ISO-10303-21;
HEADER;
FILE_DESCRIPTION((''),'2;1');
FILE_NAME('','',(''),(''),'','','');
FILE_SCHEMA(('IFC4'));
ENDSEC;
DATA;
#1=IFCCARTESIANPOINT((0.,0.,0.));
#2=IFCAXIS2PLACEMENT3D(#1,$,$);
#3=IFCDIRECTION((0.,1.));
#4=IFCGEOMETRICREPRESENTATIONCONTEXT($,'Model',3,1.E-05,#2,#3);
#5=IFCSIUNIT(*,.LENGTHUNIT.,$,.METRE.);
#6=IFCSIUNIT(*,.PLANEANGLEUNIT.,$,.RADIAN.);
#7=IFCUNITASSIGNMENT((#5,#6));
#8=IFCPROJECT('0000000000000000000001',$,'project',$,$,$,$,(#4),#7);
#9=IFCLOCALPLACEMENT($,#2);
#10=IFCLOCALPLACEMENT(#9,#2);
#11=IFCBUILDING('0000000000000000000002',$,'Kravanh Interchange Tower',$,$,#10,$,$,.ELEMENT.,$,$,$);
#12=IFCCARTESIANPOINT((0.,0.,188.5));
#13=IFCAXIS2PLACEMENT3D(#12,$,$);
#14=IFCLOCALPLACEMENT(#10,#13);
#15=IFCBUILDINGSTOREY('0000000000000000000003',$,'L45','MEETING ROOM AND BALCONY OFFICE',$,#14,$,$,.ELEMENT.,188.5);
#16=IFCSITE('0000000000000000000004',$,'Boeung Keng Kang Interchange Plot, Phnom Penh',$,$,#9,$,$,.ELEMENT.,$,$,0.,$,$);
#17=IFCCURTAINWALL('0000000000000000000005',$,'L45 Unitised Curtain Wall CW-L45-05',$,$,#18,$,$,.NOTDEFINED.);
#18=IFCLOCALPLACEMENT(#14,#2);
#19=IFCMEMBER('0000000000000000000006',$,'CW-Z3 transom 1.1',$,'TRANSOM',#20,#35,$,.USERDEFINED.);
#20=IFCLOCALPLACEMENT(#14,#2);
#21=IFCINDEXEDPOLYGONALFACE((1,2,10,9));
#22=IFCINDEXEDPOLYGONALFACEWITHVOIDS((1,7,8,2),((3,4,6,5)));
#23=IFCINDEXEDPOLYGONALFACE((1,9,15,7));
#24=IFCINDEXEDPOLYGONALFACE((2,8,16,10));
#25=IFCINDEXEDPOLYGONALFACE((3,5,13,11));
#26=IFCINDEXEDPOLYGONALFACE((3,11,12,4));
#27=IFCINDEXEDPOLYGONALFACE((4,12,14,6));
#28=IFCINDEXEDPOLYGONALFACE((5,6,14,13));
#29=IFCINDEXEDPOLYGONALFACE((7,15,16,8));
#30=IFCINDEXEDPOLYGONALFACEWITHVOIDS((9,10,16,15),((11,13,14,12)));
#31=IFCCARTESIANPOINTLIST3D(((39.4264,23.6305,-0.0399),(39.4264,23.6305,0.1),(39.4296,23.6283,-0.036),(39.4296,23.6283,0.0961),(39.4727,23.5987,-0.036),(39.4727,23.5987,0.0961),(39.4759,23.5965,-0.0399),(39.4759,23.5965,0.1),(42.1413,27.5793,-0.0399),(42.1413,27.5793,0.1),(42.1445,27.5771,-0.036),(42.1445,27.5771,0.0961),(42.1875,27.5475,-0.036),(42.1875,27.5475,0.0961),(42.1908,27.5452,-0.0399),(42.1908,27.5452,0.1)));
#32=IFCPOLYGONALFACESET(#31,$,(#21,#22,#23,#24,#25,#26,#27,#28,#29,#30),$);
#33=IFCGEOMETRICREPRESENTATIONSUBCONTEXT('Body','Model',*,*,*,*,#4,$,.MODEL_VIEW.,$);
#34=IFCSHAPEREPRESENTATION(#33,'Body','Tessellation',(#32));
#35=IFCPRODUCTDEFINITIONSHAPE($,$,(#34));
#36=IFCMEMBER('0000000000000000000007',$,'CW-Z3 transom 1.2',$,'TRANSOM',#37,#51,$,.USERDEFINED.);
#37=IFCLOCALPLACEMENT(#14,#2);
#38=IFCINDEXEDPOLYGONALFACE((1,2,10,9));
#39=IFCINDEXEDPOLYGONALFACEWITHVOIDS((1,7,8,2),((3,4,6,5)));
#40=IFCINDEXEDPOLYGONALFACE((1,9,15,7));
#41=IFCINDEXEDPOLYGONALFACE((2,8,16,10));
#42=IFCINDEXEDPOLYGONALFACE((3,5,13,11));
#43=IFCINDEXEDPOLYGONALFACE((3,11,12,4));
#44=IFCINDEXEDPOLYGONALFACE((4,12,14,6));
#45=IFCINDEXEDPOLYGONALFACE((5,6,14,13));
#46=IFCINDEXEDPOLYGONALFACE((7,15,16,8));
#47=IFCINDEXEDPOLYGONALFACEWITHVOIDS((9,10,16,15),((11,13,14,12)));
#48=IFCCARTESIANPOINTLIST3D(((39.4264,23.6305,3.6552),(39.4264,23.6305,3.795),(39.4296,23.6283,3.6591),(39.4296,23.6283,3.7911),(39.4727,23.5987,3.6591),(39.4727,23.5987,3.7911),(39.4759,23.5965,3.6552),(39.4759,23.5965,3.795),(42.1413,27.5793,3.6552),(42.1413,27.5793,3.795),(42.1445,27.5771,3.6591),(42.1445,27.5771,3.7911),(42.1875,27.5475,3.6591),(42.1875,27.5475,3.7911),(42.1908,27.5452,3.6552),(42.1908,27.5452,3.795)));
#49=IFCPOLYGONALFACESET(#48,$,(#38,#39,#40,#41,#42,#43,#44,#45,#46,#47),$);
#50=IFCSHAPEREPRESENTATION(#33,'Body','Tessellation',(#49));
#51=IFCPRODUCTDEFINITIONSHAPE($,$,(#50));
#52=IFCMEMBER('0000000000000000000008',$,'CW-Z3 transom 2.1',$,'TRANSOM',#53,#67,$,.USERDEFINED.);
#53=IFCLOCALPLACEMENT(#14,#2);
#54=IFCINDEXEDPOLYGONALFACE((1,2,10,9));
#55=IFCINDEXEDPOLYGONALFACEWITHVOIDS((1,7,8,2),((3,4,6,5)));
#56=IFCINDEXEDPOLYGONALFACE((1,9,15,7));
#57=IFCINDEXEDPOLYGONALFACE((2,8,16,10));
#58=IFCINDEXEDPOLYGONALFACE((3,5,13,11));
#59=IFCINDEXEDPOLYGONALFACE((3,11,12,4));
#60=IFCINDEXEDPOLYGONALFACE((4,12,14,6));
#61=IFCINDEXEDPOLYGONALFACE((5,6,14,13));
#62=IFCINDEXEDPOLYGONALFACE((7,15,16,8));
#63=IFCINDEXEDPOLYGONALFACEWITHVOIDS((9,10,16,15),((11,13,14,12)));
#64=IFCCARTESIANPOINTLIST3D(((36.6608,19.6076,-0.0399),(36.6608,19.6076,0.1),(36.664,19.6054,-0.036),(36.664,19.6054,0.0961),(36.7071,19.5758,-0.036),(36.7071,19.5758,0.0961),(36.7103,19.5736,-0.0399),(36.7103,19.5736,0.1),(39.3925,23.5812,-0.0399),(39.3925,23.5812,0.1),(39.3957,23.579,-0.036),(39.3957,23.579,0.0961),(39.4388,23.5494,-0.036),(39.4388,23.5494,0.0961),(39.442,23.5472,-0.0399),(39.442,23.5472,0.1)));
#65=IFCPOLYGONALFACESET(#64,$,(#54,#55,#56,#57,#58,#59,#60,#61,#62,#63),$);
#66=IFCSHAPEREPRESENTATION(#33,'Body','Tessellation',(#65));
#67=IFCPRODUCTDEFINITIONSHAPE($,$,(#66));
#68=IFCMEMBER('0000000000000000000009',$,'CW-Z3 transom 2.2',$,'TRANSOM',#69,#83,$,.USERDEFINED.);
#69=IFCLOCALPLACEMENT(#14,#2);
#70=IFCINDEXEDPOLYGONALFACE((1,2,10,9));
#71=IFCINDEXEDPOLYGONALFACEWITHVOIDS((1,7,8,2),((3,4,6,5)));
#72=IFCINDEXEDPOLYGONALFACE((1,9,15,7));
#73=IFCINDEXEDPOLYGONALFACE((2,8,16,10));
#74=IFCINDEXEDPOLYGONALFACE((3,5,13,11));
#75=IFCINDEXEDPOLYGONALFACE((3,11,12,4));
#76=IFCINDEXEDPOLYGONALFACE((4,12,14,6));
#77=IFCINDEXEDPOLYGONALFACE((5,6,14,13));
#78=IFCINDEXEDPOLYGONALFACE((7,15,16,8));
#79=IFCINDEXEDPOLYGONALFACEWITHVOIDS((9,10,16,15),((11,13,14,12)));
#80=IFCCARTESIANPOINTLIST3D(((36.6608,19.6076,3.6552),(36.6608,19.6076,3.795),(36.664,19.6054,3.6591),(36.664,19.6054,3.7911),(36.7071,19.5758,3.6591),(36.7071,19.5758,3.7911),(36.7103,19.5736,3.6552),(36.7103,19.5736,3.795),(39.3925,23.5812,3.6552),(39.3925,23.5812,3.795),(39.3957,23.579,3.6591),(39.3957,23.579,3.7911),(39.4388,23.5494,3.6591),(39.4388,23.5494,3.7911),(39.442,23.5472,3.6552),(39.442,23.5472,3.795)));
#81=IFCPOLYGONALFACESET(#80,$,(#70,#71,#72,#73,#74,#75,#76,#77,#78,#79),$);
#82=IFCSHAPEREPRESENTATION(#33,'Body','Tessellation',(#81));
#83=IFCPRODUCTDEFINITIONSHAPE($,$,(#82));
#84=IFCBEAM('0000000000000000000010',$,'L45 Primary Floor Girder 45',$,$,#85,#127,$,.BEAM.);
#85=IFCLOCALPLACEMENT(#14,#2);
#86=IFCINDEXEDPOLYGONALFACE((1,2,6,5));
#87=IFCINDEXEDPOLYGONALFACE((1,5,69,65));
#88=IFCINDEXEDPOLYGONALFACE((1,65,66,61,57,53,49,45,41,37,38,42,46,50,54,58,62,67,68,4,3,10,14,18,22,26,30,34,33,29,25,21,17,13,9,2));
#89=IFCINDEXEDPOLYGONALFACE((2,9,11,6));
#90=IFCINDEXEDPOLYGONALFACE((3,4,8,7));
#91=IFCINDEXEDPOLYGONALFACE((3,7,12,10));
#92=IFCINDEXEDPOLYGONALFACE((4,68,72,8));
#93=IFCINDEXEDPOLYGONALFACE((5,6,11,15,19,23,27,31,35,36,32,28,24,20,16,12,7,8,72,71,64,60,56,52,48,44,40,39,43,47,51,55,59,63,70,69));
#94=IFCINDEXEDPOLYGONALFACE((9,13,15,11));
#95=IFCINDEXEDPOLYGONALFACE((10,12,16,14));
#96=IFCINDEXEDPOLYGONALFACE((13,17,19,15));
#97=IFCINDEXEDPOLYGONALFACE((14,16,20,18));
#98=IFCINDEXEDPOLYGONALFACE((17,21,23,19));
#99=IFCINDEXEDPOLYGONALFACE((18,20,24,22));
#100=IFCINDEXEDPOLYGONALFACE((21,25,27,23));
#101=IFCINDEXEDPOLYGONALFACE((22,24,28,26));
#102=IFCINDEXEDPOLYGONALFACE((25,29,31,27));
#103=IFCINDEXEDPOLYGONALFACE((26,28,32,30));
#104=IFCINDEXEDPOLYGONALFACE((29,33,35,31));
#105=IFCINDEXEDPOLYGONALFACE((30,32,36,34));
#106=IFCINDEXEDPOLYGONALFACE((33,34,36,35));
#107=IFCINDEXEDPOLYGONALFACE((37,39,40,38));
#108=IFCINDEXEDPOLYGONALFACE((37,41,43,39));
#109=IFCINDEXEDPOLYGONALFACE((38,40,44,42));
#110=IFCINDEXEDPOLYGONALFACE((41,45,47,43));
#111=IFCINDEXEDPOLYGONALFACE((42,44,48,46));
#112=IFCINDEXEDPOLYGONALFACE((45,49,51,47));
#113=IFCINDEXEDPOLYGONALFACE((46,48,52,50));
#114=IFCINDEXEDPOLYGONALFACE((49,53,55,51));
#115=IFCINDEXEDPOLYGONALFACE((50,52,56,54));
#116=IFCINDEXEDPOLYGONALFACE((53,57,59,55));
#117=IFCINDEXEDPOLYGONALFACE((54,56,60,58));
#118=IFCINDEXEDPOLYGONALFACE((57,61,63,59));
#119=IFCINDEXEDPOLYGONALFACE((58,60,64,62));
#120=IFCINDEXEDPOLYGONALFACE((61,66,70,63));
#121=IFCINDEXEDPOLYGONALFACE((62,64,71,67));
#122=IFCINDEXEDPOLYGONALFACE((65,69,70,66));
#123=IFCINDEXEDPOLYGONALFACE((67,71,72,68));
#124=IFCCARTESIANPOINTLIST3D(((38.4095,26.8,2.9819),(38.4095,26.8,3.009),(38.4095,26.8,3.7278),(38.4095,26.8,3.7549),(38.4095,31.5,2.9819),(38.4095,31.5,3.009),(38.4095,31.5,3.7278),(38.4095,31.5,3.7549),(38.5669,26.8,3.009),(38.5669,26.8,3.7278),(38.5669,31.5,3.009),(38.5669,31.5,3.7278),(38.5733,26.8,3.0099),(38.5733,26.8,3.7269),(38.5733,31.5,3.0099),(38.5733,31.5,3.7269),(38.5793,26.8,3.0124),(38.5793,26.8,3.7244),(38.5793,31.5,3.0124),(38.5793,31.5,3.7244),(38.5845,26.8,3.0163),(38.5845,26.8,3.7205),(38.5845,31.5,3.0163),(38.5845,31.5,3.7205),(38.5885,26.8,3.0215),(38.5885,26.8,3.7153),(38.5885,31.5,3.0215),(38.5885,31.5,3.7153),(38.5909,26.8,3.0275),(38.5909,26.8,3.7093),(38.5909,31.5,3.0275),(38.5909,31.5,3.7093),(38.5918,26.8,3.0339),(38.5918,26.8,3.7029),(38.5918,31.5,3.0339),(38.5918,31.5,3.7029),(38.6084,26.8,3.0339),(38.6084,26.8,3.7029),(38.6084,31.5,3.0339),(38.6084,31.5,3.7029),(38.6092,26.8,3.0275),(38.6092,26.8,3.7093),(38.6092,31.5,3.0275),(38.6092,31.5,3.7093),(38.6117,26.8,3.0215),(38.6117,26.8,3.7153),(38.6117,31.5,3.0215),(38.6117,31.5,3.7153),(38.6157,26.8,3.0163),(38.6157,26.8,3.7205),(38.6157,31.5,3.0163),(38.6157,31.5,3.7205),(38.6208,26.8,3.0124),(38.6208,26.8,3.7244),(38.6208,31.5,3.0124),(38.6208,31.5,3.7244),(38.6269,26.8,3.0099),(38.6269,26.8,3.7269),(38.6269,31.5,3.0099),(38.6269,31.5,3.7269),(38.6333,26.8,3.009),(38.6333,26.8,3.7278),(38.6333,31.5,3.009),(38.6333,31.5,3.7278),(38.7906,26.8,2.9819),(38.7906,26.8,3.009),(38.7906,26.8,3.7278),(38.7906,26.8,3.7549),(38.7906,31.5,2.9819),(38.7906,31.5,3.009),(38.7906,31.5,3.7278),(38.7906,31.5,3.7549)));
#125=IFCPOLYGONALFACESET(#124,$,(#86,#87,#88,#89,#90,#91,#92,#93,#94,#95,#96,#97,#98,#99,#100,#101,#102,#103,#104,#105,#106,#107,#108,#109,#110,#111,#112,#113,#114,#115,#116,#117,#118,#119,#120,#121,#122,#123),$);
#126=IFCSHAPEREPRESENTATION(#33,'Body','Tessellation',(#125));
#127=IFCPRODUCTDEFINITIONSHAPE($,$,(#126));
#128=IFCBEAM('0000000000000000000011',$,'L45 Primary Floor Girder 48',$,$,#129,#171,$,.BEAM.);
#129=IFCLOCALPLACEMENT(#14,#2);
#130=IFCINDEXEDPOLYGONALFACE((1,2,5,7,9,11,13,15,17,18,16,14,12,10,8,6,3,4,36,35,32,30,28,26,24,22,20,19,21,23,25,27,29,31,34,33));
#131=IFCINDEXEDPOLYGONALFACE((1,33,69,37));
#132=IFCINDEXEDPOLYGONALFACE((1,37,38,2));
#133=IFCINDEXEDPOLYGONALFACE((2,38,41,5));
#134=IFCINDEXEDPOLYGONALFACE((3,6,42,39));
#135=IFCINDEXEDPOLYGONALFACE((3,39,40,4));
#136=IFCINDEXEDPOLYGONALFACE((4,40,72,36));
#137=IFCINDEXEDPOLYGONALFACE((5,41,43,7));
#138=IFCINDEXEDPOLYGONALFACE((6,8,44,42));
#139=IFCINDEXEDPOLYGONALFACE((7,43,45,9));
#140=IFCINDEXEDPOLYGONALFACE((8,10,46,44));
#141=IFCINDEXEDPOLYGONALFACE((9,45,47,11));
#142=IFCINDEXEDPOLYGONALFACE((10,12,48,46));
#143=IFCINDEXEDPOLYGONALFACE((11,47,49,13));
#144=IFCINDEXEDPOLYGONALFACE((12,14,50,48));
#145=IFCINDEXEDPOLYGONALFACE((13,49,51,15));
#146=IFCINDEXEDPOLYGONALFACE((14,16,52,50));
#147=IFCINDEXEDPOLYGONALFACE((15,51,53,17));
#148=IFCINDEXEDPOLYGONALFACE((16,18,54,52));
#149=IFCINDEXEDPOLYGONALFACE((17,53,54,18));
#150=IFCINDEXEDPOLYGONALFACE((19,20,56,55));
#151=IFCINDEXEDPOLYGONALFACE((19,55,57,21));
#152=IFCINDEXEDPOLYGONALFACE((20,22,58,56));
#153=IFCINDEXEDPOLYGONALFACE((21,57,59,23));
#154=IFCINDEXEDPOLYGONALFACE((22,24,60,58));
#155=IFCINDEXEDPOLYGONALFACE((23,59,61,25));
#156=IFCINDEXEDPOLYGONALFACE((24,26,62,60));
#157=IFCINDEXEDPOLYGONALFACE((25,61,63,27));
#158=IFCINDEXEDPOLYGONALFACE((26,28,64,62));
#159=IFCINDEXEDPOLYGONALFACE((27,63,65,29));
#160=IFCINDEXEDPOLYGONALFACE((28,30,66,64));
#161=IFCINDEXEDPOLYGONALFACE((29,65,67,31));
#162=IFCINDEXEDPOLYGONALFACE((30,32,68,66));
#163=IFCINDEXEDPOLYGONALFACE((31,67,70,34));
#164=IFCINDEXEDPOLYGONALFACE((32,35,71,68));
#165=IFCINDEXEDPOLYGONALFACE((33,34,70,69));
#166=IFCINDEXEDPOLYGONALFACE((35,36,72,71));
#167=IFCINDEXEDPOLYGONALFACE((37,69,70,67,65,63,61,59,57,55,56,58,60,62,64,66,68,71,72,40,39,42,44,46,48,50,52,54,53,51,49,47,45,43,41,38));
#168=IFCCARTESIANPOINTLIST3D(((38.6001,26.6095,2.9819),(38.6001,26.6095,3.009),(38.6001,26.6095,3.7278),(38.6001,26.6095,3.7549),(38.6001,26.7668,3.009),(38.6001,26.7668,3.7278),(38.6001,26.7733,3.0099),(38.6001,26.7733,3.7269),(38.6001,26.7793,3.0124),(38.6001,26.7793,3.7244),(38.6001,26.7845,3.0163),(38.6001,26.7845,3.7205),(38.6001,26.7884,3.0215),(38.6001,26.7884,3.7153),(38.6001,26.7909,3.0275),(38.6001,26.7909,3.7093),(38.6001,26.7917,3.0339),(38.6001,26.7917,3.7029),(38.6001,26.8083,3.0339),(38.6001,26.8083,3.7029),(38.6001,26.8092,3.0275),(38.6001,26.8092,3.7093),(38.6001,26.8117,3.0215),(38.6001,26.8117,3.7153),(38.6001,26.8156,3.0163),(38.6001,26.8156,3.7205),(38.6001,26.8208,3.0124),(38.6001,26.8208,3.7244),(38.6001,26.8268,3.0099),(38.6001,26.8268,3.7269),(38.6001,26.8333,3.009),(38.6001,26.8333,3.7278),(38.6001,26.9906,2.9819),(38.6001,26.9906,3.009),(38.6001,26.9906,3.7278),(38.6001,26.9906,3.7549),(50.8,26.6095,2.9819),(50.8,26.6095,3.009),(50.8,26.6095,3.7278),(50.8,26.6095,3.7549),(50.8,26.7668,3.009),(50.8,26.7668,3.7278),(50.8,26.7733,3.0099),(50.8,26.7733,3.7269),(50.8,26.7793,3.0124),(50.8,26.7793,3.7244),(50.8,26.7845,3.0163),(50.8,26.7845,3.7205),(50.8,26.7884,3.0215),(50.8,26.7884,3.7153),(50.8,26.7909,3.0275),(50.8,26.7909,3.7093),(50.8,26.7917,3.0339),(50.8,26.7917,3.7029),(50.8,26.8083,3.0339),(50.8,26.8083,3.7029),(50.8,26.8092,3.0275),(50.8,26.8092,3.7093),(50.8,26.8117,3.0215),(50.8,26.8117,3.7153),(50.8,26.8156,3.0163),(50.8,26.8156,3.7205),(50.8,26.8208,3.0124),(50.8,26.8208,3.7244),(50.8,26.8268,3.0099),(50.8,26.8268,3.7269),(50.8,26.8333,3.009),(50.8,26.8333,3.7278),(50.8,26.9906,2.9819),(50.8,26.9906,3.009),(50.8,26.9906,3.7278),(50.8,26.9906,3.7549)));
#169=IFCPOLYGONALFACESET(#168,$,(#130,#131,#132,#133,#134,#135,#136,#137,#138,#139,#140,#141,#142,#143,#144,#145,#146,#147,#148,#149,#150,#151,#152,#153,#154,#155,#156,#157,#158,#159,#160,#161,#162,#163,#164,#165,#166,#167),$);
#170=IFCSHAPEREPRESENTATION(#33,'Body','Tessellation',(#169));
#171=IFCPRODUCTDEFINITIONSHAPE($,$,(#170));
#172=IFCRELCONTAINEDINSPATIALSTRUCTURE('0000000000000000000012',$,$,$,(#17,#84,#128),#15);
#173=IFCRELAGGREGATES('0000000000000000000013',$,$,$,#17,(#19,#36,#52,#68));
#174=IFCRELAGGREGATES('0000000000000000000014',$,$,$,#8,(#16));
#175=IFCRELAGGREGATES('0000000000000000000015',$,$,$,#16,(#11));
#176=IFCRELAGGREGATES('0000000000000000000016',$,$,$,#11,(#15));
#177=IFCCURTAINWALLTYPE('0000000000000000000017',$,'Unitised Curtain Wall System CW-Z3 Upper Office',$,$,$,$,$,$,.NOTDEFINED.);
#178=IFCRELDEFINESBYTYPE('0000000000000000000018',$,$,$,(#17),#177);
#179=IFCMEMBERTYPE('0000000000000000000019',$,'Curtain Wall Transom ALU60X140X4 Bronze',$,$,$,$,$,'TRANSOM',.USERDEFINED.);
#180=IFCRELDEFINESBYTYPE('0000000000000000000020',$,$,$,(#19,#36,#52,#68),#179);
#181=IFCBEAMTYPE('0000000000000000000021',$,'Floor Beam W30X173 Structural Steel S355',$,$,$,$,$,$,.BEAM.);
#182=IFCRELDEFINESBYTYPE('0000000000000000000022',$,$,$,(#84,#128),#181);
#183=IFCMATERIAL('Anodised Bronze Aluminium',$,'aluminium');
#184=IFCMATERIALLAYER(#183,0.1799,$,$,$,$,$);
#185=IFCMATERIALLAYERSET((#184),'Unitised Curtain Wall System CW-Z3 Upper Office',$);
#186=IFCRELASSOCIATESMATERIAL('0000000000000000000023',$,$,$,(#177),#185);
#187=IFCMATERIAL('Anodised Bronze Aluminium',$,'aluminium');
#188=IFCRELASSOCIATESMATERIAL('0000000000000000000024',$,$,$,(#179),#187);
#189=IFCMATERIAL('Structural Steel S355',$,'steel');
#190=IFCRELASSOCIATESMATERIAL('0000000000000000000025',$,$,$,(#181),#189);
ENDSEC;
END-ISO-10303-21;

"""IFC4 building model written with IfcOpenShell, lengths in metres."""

from ifc_helpers import new_model, si_unit, direction, frame, origin, origin_2d, place, context, subcontext, project, spatial, hollow_rectangle, i_section, extrude, material, layer, layer_set, material_profile, profile_set, type_object, element, aggregate, save


model = new_model("IFC4")

# Units and contexts
model_context = context("Model", 3, precision=1e-05, world=origin(), true_north=direction((0.0, 1.0)))
body_context = subcontext(model_context, "Body", "Model", "MODEL_VIEW")
ifc_project = project(units=[si_unit("LENGTHUNIT", "METRE"), si_unit("PLANEANGLEUNIT", "RADIAN")], contexts=[model_context])

# Site, building, storey
site_placement = place(None, origin())
site = spatial("IfcSite", under=ifc_project, at=site_placement, Name="Boeung Keng Kang Interchange Plot, Phnom Penh", CompositionType="ELEMENT", RefElevation=0.0)
building_placement = place(site_placement, origin())
building = spatial("IfcBuilding", under=site, at=building_placement, Name="Kravanh Interchange Tower", CompositionType="ELEMENT")
storey_placement = place(building_placement, frame((0.0, 0.0, 188.5)))
storey = spatial("IfcBuildingStorey", under=building, at=storey_placement, Name="L45", Description="MEETING ROOM AND BALCONY OFFICE", CompositionType="ELEMENT", Elevation=188.5)

# Shared definitions
ifc_material_1 = material(Name="Anodised Bronze Aluminium", Category="aluminium")
ifc_layer_1 = layer(ifc_material_1, 0.1799)
ifc_layer_set_1 = layer_set([ifc_layer_1], Name="Unitised Curtain Wall System CW-Z3 Upper Office")
curtain_wall_type = type_object("IfcCurtainWallType", Name="Unitised Curtain Wall System CW-Z3 Upper Office", PredefinedType="NOTDEFINED", material=ifc_layer_set_1)

# Curtain wall
curtain_wall_1_placement = place(storey_placement, origin())
curtain_wall_1 = element("IfcCurtainWall", 1, at=curtain_wall_1_placement, inside=storey, type_object=curtain_wall_type, Name="L45 Unitised Curtain Wall CW-L45-05", PredefinedType="NOTDEFINED")

# Members
ifc_material_2 = material(Name="Anodised Bronze Aluminium", Category="aluminium")
ifc_material_profile_1 = material_profile(ifc_material_2, hollow_rectangle(XDim=0.0601, YDim=0.1399, WallThickness=0.0039, at=origin_2d()), Name="ALU60X140X4")
ifc_profile_set_1 = profile_set([ifc_material_profile_1], Name="Anodised Bronze Aluminium")
member_type_1 = type_object("IfcMemberType", Name="Curtain Wall Transom ALU60X140X4 Bronze", ElementType="TRANSOM", PredefinedType="USERDEFINED", material=ifc_profile_set_1)
member_1_placement = place(storey_placement, frame((42.166, 27.5623, 0.03), z_axis=(-0.566542, -0.824033, 0.0), x_axis=(0.824033, -0.566542, 0.0)))
member_1 = element("IfcMember", 2, at=member_1_placement, type_object=member_type_1, Name="CW-Z3 transom 1.1", ObjectType="TRANSOM", PredefinedType="USERDEFINED", context=body_context, shape_type="SweptSolid", body=[
    extrude(hollow_rectangle(XDim=0.0601, YDim=0.1399, WallThickness=0.0039, at=origin_2d()), origin(), (0.0, 0.0, 1.0), 4.792),
])
member_2_placement = place(storey_placement, frame((42.166, 27.5623, 3.7251), z_axis=(-0.566542, -0.824033, 0.0), x_axis=(0.824033, -0.566542, 0.0)))
member_2 = element("IfcMember", 3, at=member_2_placement, type_object=member_type_1, Name="CW-Z3 transom 1.2", ObjectType="TRANSOM", PredefinedType="USERDEFINED", context=body_context, shape_type="SweptSolid", body=[
    extrude(hollow_rectangle(XDim=0.0601, YDim=0.1399, WallThickness=0.0039, at=origin_2d()), origin(), (0.0, 0.0, 1.0), 4.792),
])
member_3_placement = place(storey_placement, frame((39.4172, 23.5642, 0.03), z_axis=(-0.566503, -0.82406, 0.0), x_axis=(0.82406, -0.566503, 0.0)))
member_3 = element("IfcMember", 4, at=member_3_placement, type_object=member_type_1, Name="CW-Z3 transom 2.1", ObjectType="TRANSOM", PredefinedType="USERDEFINED", context=body_context, shape_type="SweptSolid", body=[
    extrude(hollow_rectangle(XDim=0.0601, YDim=0.1399, WallThickness=0.0039, at=origin_2d()), origin(), (0.0, 0.0, 1.0), 4.822),
])
member_4_placement = place(storey_placement, frame((39.4172, 23.5642, 3.7251), z_axis=(-0.566503, -0.82406, 0.0), x_axis=(0.82406, -0.566503, 0.0)))
member_4 = element("IfcMember", 5, at=member_4_placement, type_object=member_type_1, Name="CW-Z3 transom 2.2", ObjectType="TRANSOM", PredefinedType="USERDEFINED", context=body_context, shape_type="SweptSolid", body=[
    extrude(hollow_rectangle(XDim=0.0601, YDim=0.1399, WallThickness=0.0039, at=origin_2d()), origin(), (0.0, 0.0, 1.0), 4.822),
])

# Beams
ifc_material_3 = material(Name="Structural Steel S355", Category="steel")
ifc_material_profile_2 = material_profile(ifc_material_3, i_section(OverallWidth=0.3811, OverallDepth=0.7729, WebThickness=0.0166, FlangeThickness=0.0271, FilletRadius=0.0249, at=origin_2d()), Name="W30X173")
ifc_profile_set_2 = profile_set([ifc_material_profile_2], Name="Structural Steel S355")
beam_type_1 = type_object("IfcBeamType", Name="Floor Beam W30X173 Structural Steel S355", PredefinedType="BEAM", material=ifc_profile_set_2)
beam_1_placement = place(storey_placement, frame((38.6001, 26.8, 3.3684), z_axis=(0.0, 1.0, 0.0), x_axis=(-1.0, 0.0, 0.0)))
element("IfcBeam", 6, at=beam_1_placement, inside=storey, type_object=beam_type_1, Name="L45 Primary Floor Girder 45", PredefinedType="BEAM", context=body_context, shape_type="SweptSolid", body=[
    extrude(i_section(OverallWidth=0.3811, OverallDepth=0.7729, WebThickness=0.0166, FlangeThickness=0.0271, FilletRadius=0.0249, at=origin_2d()), origin(), (0.0, 0.0, 1.0), 4.7),
])
beam_2_placement = place(storey_placement, frame((38.6001, 26.8, 3.3684), z_axis=(1.0, 0.0, 0.0), x_axis=(0.0, 1.0, 0.0)))
element("IfcBeam", 7, at=beam_2_placement, inside=storey, type_object=beam_type_1, Name="L45 Primary Floor Girder 48", PredefinedType="BEAM", context=body_context, shape_type="SweptSolid", body=[
    extrude(i_section(OverallWidth=0.3811, OverallDepth=0.7729, WebThickness=0.0166, FlangeThickness=0.0271, FilletRadius=0.0249, at=origin_2d()), origin(), (0.0, 0.0, 1.0), 12.2),
])

aggregate(curtain_wall_1, [member_1, member_2, member_3, member_4])

save(model, "model.ifc")
